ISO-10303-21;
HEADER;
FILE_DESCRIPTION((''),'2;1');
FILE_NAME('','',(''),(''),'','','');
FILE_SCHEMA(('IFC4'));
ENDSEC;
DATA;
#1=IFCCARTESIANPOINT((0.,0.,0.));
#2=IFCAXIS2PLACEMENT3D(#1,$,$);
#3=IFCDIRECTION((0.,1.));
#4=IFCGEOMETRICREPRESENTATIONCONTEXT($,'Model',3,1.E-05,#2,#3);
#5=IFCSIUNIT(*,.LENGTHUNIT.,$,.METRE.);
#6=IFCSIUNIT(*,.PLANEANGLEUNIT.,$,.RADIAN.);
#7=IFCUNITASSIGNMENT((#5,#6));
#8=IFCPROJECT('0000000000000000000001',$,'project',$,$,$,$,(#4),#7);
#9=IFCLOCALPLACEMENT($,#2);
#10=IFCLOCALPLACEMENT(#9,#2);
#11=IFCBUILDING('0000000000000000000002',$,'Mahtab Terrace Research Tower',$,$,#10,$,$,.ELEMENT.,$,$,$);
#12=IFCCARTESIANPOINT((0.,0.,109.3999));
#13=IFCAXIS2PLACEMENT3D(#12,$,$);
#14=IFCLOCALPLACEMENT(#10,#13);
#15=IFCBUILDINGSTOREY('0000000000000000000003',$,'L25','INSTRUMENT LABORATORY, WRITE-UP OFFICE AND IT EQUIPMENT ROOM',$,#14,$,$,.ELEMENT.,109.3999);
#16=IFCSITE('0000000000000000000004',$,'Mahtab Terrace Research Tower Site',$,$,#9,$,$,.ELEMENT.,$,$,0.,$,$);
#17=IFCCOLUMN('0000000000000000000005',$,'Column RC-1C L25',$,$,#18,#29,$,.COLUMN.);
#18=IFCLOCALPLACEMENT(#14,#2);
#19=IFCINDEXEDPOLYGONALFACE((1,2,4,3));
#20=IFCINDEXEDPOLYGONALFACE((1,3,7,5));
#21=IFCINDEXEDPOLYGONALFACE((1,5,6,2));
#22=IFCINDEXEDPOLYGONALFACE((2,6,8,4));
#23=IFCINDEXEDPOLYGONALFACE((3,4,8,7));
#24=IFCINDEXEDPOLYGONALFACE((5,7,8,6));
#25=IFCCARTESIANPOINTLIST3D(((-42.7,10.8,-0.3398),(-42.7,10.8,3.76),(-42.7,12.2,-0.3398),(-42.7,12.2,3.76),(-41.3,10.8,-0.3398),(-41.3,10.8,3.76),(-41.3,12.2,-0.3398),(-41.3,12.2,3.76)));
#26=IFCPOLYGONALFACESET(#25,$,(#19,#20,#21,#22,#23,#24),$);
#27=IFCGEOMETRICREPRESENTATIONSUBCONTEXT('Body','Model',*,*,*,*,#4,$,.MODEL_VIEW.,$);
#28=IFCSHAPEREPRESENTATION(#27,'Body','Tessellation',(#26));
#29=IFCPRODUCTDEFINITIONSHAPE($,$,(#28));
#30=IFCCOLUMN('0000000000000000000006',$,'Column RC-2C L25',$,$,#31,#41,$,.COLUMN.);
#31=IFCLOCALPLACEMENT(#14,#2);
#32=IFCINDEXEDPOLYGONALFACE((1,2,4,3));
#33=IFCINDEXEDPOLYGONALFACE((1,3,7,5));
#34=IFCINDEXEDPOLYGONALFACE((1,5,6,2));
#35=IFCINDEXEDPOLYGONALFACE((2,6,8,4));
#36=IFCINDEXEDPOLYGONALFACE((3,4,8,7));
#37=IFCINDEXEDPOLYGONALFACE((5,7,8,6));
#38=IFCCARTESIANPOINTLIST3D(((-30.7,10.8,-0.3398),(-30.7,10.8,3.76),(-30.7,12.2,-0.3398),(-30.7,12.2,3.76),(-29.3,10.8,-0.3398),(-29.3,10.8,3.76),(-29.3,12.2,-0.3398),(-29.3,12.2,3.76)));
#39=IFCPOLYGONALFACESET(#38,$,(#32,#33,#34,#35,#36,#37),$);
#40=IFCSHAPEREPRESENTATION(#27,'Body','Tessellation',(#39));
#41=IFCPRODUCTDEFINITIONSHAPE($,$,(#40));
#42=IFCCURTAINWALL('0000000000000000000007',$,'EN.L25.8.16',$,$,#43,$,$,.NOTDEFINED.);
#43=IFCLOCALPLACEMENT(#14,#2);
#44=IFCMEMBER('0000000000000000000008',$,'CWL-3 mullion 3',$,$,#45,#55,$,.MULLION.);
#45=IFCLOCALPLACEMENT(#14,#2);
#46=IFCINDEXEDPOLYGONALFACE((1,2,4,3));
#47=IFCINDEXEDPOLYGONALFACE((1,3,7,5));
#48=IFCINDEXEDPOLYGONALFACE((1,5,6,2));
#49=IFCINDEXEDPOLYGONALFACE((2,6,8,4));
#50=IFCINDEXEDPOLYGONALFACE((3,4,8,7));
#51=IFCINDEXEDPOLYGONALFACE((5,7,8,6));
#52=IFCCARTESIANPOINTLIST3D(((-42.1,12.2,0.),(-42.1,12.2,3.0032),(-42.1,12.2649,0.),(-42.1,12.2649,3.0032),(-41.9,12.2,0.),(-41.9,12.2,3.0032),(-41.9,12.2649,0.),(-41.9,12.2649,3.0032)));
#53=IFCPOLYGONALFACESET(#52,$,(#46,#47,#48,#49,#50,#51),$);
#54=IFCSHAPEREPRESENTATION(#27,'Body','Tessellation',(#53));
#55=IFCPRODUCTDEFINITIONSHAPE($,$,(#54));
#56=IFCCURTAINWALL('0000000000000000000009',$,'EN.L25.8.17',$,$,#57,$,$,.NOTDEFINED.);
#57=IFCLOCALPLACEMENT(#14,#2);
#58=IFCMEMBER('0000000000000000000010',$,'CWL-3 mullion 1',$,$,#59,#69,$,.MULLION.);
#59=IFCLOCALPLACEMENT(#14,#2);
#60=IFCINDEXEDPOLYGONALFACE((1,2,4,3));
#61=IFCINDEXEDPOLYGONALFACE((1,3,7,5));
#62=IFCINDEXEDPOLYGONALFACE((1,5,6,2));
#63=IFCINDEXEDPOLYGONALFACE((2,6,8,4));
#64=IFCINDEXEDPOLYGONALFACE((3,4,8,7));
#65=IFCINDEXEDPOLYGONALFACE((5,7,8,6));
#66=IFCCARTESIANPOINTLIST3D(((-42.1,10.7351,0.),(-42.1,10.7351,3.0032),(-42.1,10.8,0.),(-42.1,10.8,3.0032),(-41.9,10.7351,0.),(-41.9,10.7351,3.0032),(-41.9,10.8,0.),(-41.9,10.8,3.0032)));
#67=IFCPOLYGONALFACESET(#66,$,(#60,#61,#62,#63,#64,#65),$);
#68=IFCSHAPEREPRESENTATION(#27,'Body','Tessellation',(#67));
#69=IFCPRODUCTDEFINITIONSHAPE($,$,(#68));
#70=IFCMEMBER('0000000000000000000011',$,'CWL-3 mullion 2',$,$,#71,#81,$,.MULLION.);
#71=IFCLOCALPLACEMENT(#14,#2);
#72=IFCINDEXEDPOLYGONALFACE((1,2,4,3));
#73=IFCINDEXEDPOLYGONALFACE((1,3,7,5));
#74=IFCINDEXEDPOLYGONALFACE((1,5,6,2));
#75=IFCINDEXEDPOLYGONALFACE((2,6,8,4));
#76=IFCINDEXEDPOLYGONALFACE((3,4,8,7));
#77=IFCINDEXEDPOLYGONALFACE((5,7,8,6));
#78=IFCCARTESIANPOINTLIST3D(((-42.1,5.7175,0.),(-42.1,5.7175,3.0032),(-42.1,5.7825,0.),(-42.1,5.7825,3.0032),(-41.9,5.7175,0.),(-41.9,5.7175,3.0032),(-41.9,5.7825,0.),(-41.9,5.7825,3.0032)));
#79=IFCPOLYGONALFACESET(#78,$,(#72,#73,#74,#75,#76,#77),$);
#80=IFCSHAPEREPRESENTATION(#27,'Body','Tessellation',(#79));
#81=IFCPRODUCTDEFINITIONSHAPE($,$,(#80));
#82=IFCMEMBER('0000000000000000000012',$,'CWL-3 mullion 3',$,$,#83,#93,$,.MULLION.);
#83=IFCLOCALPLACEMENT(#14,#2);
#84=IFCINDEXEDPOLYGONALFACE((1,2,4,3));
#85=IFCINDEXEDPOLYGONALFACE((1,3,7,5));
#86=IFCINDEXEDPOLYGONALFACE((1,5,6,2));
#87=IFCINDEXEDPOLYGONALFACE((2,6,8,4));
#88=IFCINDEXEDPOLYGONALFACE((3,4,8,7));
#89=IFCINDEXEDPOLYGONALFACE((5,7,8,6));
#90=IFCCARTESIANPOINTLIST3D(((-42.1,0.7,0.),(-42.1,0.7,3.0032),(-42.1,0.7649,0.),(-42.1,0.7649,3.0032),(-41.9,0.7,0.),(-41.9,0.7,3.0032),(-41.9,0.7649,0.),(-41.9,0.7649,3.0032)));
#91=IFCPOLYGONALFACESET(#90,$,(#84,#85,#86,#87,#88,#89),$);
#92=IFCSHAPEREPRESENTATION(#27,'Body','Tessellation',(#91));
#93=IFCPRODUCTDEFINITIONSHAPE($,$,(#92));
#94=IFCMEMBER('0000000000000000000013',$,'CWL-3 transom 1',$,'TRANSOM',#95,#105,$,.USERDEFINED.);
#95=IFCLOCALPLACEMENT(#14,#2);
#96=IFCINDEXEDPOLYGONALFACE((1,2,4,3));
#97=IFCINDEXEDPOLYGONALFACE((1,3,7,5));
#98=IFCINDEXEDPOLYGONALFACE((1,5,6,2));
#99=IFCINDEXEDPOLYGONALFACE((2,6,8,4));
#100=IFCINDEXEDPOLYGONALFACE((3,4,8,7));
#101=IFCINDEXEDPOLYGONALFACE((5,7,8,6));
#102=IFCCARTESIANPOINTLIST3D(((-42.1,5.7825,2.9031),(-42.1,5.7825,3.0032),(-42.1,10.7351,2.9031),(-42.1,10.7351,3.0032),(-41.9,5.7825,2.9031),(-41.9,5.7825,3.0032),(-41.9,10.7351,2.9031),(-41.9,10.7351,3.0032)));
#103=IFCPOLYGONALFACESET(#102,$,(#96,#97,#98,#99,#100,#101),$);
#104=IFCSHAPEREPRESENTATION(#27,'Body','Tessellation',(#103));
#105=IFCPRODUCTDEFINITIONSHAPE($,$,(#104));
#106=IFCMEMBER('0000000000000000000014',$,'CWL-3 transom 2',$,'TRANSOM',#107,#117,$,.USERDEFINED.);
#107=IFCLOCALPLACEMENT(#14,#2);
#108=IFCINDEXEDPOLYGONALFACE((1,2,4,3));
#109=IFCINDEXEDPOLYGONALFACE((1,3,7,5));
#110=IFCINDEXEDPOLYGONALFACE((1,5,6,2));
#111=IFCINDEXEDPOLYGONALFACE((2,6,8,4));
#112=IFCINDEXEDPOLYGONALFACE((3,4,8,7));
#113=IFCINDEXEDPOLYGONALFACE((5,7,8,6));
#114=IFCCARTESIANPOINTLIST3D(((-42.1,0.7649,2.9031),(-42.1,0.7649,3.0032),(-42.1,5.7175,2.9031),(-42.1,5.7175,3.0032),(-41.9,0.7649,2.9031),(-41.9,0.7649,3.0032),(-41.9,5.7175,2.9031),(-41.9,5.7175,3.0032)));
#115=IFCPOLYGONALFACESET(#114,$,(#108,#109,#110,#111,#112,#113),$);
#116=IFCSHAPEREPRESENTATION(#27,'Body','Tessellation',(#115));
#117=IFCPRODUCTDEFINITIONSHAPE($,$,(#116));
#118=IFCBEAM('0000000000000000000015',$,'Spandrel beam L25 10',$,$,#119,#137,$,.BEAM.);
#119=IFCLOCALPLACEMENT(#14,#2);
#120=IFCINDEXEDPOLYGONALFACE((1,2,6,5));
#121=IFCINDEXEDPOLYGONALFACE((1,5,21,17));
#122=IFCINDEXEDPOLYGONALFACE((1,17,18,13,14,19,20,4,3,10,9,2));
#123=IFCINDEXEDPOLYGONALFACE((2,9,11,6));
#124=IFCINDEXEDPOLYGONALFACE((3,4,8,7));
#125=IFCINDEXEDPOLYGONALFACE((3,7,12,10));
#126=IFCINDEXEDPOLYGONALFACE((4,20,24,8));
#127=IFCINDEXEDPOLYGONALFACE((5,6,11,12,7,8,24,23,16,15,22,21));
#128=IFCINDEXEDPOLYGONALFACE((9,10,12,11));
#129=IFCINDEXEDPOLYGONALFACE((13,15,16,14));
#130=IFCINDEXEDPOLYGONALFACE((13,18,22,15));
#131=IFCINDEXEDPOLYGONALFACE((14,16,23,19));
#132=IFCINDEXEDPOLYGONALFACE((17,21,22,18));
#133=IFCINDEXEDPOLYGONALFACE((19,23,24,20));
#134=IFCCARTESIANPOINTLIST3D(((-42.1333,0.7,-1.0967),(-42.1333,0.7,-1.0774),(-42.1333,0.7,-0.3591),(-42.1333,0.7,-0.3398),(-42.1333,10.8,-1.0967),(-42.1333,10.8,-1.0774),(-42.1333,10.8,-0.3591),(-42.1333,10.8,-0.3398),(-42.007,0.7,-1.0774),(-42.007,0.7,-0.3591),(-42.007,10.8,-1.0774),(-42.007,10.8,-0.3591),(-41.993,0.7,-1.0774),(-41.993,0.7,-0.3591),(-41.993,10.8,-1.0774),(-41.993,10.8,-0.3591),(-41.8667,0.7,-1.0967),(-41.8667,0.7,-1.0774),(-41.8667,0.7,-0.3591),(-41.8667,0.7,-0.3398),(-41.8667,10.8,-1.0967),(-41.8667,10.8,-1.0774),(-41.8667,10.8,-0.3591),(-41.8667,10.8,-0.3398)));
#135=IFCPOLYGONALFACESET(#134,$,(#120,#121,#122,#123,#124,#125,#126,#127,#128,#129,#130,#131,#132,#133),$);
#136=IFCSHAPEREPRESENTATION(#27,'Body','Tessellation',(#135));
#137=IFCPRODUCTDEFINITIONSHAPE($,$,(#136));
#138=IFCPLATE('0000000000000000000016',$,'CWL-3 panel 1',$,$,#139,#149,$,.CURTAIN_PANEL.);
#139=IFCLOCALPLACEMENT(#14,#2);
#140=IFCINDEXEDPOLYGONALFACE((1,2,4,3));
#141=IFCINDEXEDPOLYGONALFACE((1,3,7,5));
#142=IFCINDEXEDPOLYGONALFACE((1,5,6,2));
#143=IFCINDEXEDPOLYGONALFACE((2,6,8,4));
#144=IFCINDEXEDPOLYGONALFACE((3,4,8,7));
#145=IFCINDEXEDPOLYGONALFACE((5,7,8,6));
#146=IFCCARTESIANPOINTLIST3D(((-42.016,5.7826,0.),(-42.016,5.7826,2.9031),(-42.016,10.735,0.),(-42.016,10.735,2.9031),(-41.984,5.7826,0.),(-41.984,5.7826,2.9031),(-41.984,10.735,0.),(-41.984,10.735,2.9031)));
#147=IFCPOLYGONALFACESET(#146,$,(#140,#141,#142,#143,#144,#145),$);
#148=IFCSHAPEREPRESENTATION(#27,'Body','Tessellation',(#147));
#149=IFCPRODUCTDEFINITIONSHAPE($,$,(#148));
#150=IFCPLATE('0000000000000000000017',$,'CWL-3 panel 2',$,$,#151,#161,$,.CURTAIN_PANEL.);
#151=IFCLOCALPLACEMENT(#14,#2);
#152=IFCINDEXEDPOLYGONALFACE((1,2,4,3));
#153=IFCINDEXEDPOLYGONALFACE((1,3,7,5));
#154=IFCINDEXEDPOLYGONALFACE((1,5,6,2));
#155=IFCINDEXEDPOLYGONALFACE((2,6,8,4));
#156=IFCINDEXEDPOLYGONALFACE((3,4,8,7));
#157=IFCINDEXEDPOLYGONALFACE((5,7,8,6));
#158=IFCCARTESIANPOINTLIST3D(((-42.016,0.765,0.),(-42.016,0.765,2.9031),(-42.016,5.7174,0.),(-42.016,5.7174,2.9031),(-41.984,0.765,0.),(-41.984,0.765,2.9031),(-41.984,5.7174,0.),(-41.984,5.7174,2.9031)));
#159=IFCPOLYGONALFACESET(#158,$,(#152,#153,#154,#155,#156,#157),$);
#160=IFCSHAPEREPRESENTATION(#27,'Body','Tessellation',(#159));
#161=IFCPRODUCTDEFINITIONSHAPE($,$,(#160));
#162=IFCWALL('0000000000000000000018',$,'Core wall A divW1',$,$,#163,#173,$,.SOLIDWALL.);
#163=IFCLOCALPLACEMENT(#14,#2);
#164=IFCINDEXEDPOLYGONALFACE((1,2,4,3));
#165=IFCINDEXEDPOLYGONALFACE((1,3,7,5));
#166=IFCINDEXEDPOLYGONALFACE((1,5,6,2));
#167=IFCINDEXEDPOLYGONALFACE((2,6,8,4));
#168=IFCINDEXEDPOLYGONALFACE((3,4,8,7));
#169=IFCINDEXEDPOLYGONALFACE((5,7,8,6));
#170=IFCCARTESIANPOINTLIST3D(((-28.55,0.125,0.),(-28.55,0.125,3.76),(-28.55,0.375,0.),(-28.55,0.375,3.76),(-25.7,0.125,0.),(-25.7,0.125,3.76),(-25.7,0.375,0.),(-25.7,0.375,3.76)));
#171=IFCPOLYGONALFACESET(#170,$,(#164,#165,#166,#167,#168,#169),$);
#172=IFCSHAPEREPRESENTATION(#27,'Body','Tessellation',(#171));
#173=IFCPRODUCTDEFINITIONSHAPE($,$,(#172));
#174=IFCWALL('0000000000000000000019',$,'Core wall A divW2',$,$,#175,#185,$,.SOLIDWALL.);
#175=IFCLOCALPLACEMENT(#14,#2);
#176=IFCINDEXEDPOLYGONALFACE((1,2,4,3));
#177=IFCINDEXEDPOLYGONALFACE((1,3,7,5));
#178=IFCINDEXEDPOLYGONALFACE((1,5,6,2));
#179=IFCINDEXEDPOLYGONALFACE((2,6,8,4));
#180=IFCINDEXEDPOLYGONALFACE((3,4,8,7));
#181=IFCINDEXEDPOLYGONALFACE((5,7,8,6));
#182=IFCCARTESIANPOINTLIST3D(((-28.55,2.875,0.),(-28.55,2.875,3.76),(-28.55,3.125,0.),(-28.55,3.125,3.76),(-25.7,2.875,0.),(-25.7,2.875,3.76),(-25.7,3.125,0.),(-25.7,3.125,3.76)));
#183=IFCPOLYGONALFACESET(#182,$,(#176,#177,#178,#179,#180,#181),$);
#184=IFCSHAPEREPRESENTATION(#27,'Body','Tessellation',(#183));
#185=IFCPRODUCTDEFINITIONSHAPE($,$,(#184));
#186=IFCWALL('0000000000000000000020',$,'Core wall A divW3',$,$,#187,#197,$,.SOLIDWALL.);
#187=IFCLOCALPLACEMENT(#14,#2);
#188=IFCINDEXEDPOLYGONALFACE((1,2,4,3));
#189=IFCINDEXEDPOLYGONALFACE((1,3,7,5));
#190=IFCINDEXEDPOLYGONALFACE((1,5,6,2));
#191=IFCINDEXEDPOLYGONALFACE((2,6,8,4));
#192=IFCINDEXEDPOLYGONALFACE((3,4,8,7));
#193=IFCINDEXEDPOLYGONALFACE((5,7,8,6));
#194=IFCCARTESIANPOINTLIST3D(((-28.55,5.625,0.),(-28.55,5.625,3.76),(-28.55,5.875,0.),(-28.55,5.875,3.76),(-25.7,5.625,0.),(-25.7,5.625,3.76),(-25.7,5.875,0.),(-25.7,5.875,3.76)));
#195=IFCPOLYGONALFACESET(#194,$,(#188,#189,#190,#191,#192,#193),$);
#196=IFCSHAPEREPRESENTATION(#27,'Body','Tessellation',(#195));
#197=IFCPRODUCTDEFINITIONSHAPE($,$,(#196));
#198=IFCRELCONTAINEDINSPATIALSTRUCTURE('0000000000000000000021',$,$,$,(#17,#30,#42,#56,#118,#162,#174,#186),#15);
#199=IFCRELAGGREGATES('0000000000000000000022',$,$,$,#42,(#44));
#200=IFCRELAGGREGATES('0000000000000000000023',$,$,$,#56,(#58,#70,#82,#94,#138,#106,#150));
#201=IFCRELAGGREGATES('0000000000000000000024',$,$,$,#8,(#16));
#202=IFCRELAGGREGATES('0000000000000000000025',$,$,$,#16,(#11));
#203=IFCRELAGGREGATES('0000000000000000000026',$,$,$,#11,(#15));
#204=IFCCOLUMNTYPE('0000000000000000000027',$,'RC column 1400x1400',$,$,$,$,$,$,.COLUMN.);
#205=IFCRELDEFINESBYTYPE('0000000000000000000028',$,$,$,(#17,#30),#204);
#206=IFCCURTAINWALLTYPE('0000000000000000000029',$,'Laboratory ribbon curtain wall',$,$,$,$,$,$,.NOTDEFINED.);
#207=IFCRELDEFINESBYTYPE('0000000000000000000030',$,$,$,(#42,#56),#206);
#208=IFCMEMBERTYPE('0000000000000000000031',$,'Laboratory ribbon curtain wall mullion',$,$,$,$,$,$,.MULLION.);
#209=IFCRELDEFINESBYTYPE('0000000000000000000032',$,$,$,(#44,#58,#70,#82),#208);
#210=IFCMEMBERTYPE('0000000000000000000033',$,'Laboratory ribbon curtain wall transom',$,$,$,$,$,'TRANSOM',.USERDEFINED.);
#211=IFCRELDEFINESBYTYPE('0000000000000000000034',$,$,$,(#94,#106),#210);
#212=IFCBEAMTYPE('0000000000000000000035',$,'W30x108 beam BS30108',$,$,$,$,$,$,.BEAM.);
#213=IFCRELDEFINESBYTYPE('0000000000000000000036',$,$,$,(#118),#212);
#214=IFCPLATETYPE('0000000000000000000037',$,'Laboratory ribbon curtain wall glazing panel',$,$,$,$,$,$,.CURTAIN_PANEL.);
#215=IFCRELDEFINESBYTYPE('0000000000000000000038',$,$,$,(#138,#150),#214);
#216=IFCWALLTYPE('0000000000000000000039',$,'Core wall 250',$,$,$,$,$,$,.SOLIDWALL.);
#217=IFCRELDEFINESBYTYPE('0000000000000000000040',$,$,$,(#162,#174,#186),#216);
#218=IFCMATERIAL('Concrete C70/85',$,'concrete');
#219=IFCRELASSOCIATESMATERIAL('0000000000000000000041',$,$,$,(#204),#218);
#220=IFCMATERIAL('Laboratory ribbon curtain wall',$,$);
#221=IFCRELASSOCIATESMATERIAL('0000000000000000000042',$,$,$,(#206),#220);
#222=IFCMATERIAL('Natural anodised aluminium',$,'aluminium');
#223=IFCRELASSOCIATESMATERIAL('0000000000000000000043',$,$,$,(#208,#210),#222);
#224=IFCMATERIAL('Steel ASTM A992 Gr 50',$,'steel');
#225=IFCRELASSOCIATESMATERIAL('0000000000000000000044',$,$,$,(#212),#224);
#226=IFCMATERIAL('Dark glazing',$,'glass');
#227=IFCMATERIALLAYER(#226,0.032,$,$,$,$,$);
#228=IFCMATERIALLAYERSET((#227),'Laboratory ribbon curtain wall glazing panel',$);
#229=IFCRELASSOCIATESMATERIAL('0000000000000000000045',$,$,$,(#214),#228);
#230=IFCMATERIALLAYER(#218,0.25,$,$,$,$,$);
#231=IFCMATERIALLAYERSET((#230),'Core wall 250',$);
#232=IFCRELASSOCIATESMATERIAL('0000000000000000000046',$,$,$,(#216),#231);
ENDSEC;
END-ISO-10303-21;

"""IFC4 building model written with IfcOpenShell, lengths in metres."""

from ifc_helpers import new_model, si_unit, direction, frame, frame_2d, origin, origin_2d, place, context, subcontext, project, spatial, rectangle, i_section, extrude, material, layer, layer_set, material_profile, profile_set, type_object, element, aggregate, save


model = new_model("IFC4")

# Units and contexts
model_context = context("Model", 3, precision=1e-05, world=origin(), true_north=direction((0.0, 1.0)))
body_context = subcontext(model_context, "Body", "Model", "MODEL_VIEW")
ifc_project = project(units=[si_unit("LENGTHUNIT", "METRE"), si_unit("PLANEANGLEUNIT", "RADIAN")], contexts=[model_context])

# Site, building, storey
site_placement = place(None, origin())
site = spatial("IfcSite", under=ifc_project, at=site_placement, Name="Mahtab Terrace Research Tower Site", CompositionType="ELEMENT", RefElevation=0.0)
building_placement = place(site_placement, origin())
building = spatial("IfcBuilding", under=site, at=building_placement, Name="Mahtab Terrace Research Tower", CompositionType="ELEMENT")
storey_placement = place(building_placement, frame((0.0, 0.0, 109.3999)))
storey = spatial("IfcBuildingStorey", under=building, at=storey_placement, Name="L25", Description="INSTRUMENT LABORATORY, WRITE-UP OFFICE AND IT EQUIPMENT ROOM", CompositionType="ELEMENT", Elevation=109.3999)

# Columns
ifc_material_1 = material(Name="Concrete C70/85", Category="concrete")
ifc_material_profile_1 = material_profile(ifc_material_1, rectangle(XDim=1.3999, YDim=1.3999, at=origin_2d()), Name="RC column 1400x1400")
ifc_profile_set_1 = profile_set([ifc_material_profile_1], Name="Concrete C70/85")
column_type = type_object("IfcColumnType", Name="RC column 1400x1400", PredefinedType="COLUMN", material=ifc_profile_set_1)
for number, where, z_axis, x_axis, name in (
    (1, (-42.0, 11.5, -0.3398), (0.0, 0.0, 1.0), (1.0, 0.0, 0.0), "Column RC-1C L25"),
    (2, (-30.0, 11.5, -0.3398), (0.0, 0.0, 1.0), (1.0, 0.0, 0.0), "Column RC-2C L25"),
):
    element("IfcColumn", number, at=place(storey_placement, frame(where, z_axis=z_axis, x_axis=x_axis)), inside=storey, type_object=column_type, Name=name, PredefinedType="COLUMN", context=body_context, shape_type="SweptSolid", body=[
        extrude(rectangle(XDim=1.3999, YDim=1.3999, at=origin_2d()), origin(), (0.0, 0.0, 1.0), 4.0999),
    ])

# Curtain wall, member
ifc_material_2 = material(Name="Laboratory ribbon curtain wall")
curtain_wall_type = type_object("IfcCurtainWallType", Name="Laboratory ribbon curtain wall", PredefinedType="NOTDEFINED", material=ifc_material_2)
curtain_wall_1_placement = place(storey_placement, origin())
curtain_wall_1 = element("IfcCurtainWall", 3, at=curtain_wall_1_placement, inside=storey, type_object=curtain_wall_type, Name="EN.L25.8.16", PredefinedType="NOTDEFINED")
ifc_material_3 = material(Name="Natural anodised aluminium", Category="aluminium")
ifc_material_profile_2 = material_profile(ifc_material_3, rectangle(XDim=0.2, YDim=0.0649, at=origin_2d()), Name="MULLION 65x200")
ifc_profile_set_2 = profile_set([ifc_material_profile_2], Name="Natural anodised aluminium")
member_type_1 = type_object("IfcMemberType", Name="Laboratory ribbon curtain wall mullion", PredefinedType="MULLION", material=ifc_profile_set_2)
member_1_placement = place(storey_placement, frame((-42.0, 12.2324, 0.0), z_axis=(0.0, 0.0, 1.0), x_axis=(1.0, 0.0, 0.0)))
member_1 = element("IfcMember", 4, at=member_1_placement, type_object=member_type_1, Name="CWL-3 mullion 3", PredefinedType="MULLION", context=body_context, shape_type="SweptSolid", body=[
    extrude(rectangle(XDim=0.2, YDim=0.0649, at=origin_2d()), origin(), (0.0, 0.0, 1.0), 3.0032),
])
aggregate(curtain_wall_1, [member_1])

# Curtain wall, members
curtain_wall_2_placement = place(storey_placement, origin())
curtain_wall_2 = element("IfcCurtainWall", 5, at=curtain_wall_2_placement, inside=storey, type_object=curtain_wall_type, Name="EN.L25.8.17", PredefinedType="NOTDEFINED")
member_2_placement = place(storey_placement, frame((-42.0, 10.7676, 0.0), z_axis=(0.0, 0.0, 1.0), x_axis=(1.0, 0.0, 0.0)))
member_2 = element("IfcMember", 6, at=member_2_placement, type_object=member_type_1, Name="CWL-3 mullion 1", PredefinedType="MULLION", context=body_context, shape_type="SweptSolid", body=[
    extrude(rectangle(XDim=0.2, YDim=0.0649, at=origin_2d()), origin(), (0.0, 0.0, 1.0), 3.0032),
])
member_3_placement = place(storey_placement, frame((-42.0, 5.75, 0.0), z_axis=(0.0, 0.0, 1.0), x_axis=(1.0, 0.0, 0.0)))
member_3 = element("IfcMember", 7, at=member_3_placement, type_object=member_type_1, Name="CWL-3 mullion 2", PredefinedType="MULLION", context=body_context, shape_type="SweptSolid", body=[
    extrude(rectangle(XDim=0.2, YDim=0.0649, at=origin_2d()), origin(), (0.0, 0.0, 1.0), 3.0032),
])
member_4_placement = place(storey_placement, frame((-42.0, 0.7324, 0.0), z_axis=(0.0, 0.0, 1.0), x_axis=(1.0, 0.0, 0.0)))
member_4 = element("IfcMember", 8, at=member_4_placement, type_object=member_type_1, Name="CWL-3 mullion 3", PredefinedType="MULLION", context=body_context, shape_type="SweptSolid", body=[
    extrude(rectangle(XDim=0.2, YDim=0.0649, at=origin_2d()), origin(), (0.0, 0.0, 1.0), 3.0032),
])
ifc_material_profile_3 = material_profile(ifc_material_3, rectangle(XDim=0.2, YDim=0.1001, at=origin_2d()), Name="TRANSOM 100x200")
ifc_profile_set_3 = profile_set([ifc_material_profile_3], Name="Natural anodised aluminium")
member_type_2 = type_object("IfcMemberType", Name="Laboratory ribbon curtain wall transom", ElementType="TRANSOM", PredefinedType="USERDEFINED", material=ifc_profile_set_3)
member_5_placement = place(storey_placement, frame((-42.0, 10.7351, 2.9531), z_axis=(0.0, -1.0, 0.0), x_axis=(1.0, 0.0, 0.0)))
member_5 = element("IfcMember", 9, at=member_5_placement, type_object=member_type_2, Name="CWL-3 transom 1", ObjectType="TRANSOM", PredefinedType="USERDEFINED", context=body_context, shape_type="SweptSolid", body=[
    extrude(rectangle(XDim=0.2, YDim=0.1001, at=origin_2d()), origin(), (0.0, 0.0, 1.0), 4.9526),
])
member_6_placement = place(storey_placement, frame((-42.0, 5.7175, 2.9531), z_axis=(0.0, -1.0, 0.0), x_axis=(1.0, 0.0, 0.0)))
member_6 = element("IfcMember", 10, at=member_6_placement, type_object=member_type_2, Name="CWL-3 transom 2", ObjectType="TRANSOM", PredefinedType="USERDEFINED", context=body_context, shape_type="SweptSolid", body=[
    extrude(rectangle(XDim=0.2, YDim=0.1001, at=origin_2d()), origin(), (0.0, 0.0, 1.0), 4.9526),
])

# Beam
ifc_material_4 = material(Name="Steel ASTM A992 Gr 50", Category="steel")
ifc_material_profile_4 = material_profile(ifc_material_4, i_section(OverallWidth=0.2666, OverallDepth=0.7568, WebThickness=0.0139, FlangeThickness=0.0193, at=origin_2d()), Name="W30X108")
ifc_profile_set_4 = profile_set([ifc_material_profile_4], Name="Steel ASTM A992 Gr 50")
beam_type = type_object("IfcBeamType", Name="W30x108 beam BS30108", PredefinedType="BEAM", material=ifc_profile_set_4)
beam_placement = place(storey_placement, frame((-42.0, 10.8, -0.7183), z_axis=(0.0, -1.0, 0.0), x_axis=(1.0, 0.0, 0.0)))
element("IfcBeam", 11, at=beam_placement, inside=storey, type_object=beam_type, Name="Spandrel beam L25 10", PredefinedType="BEAM", context=body_context, shape_type="SweptSolid", body=[
    extrude(i_section(OverallWidth=0.2666, OverallDepth=0.7568, WebThickness=0.0139, FlangeThickness=0.0193, at=origin_2d()), origin(), (0.0, 0.0, 1.0), 10.1001),
])

# Plates
ifc_material_5 = material(Name="Dark glazing", Category="glass")
ifc_layer_1 = layer(ifc_material_5, 0.032)
ifc_layer_set_1 = layer_set([ifc_layer_1], Name="Laboratory ribbon curtain wall glazing panel")
plate_type = type_object("IfcPlateType", Name="Laboratory ribbon curtain wall glazing panel", PredefinedType="CURTAIN_PANEL", material=ifc_layer_set_1)
plate_1_placement = place(storey_placement, frame((-42.0, 8.2588, 0.0), z_axis=(0.0, 0.0, 1.0), x_axis=(0.0, -1.0, 0.0)))
plate_1 = element("IfcPlate", 12, at=plate_1_placement, type_object=plate_type, Name="CWL-3 panel 1", PredefinedType="CURTAIN_PANEL", context=body_context, shape_type="SweptSolid", body=[
    extrude(rectangle(XDim=4.9524, YDim=0.032, at=origin_2d()), origin(), (0.0, 0.0, 1.0), 2.9031),
])
plate_2_placement = place(storey_placement, frame((-42.0, 3.2412, 0.0), z_axis=(0.0, 0.0, 1.0), x_axis=(0.0, -1.0, 0.0)))
plate_2 = element("IfcPlate", 13, at=plate_2_placement, type_object=plate_type, Name="CWL-3 panel 2", PredefinedType="CURTAIN_PANEL", context=body_context, shape_type="SweptSolid", body=[
    extrude(rectangle(XDim=4.9524, YDim=0.032, at=origin_2d()), origin(), (0.0, 0.0, 1.0), 2.9031),
])
aggregate(curtain_wall_2, [member_2, member_3, member_4, member_5, plate_1, member_6, plate_2])

# Walls
ifc_layer_2 = layer(ifc_material_1, 0.25)
ifc_layer_set_2 = layer_set([ifc_layer_2], Name="Core wall 250")
wall_type_1 = type_object("IfcWallType", Name="Core wall 250", PredefinedType="SOLIDWALL", material=ifc_layer_set_2)
for number, where, z_axis, x_axis, name in (
    (14, (-28.55, 0.25, 0.0), (0.0, 0.0, 1.0), (1.0, 0.0, 0.0), "Core wall A divW1"),
    (15, (-28.55, 3.0, 0.0), (0.0, 0.0, 1.0), (1.0, 0.0, 0.0), "Core wall A divW2"),
    (16, (-28.55, 5.75, 0.0), (0.0, 0.0, 1.0), (1.0, 0.0, 0.0), "Core wall A divW3"),
):
    element("IfcWall", number, at=place(storey_placement, frame(where, z_axis=z_axis, x_axis=x_axis)), inside=storey, type_object=wall_type_1, Name=name, PredefinedType="SOLIDWALL", context=body_context, shape_type="SweptSolid", body=[
        extrude(rectangle(XDim=2.8501, YDim=0.25, at=frame_2d((1.425, 0.0))), origin(), (0.0, 0.0, 1.0), 3.76),
    ])

save(model, "model.ifc")
